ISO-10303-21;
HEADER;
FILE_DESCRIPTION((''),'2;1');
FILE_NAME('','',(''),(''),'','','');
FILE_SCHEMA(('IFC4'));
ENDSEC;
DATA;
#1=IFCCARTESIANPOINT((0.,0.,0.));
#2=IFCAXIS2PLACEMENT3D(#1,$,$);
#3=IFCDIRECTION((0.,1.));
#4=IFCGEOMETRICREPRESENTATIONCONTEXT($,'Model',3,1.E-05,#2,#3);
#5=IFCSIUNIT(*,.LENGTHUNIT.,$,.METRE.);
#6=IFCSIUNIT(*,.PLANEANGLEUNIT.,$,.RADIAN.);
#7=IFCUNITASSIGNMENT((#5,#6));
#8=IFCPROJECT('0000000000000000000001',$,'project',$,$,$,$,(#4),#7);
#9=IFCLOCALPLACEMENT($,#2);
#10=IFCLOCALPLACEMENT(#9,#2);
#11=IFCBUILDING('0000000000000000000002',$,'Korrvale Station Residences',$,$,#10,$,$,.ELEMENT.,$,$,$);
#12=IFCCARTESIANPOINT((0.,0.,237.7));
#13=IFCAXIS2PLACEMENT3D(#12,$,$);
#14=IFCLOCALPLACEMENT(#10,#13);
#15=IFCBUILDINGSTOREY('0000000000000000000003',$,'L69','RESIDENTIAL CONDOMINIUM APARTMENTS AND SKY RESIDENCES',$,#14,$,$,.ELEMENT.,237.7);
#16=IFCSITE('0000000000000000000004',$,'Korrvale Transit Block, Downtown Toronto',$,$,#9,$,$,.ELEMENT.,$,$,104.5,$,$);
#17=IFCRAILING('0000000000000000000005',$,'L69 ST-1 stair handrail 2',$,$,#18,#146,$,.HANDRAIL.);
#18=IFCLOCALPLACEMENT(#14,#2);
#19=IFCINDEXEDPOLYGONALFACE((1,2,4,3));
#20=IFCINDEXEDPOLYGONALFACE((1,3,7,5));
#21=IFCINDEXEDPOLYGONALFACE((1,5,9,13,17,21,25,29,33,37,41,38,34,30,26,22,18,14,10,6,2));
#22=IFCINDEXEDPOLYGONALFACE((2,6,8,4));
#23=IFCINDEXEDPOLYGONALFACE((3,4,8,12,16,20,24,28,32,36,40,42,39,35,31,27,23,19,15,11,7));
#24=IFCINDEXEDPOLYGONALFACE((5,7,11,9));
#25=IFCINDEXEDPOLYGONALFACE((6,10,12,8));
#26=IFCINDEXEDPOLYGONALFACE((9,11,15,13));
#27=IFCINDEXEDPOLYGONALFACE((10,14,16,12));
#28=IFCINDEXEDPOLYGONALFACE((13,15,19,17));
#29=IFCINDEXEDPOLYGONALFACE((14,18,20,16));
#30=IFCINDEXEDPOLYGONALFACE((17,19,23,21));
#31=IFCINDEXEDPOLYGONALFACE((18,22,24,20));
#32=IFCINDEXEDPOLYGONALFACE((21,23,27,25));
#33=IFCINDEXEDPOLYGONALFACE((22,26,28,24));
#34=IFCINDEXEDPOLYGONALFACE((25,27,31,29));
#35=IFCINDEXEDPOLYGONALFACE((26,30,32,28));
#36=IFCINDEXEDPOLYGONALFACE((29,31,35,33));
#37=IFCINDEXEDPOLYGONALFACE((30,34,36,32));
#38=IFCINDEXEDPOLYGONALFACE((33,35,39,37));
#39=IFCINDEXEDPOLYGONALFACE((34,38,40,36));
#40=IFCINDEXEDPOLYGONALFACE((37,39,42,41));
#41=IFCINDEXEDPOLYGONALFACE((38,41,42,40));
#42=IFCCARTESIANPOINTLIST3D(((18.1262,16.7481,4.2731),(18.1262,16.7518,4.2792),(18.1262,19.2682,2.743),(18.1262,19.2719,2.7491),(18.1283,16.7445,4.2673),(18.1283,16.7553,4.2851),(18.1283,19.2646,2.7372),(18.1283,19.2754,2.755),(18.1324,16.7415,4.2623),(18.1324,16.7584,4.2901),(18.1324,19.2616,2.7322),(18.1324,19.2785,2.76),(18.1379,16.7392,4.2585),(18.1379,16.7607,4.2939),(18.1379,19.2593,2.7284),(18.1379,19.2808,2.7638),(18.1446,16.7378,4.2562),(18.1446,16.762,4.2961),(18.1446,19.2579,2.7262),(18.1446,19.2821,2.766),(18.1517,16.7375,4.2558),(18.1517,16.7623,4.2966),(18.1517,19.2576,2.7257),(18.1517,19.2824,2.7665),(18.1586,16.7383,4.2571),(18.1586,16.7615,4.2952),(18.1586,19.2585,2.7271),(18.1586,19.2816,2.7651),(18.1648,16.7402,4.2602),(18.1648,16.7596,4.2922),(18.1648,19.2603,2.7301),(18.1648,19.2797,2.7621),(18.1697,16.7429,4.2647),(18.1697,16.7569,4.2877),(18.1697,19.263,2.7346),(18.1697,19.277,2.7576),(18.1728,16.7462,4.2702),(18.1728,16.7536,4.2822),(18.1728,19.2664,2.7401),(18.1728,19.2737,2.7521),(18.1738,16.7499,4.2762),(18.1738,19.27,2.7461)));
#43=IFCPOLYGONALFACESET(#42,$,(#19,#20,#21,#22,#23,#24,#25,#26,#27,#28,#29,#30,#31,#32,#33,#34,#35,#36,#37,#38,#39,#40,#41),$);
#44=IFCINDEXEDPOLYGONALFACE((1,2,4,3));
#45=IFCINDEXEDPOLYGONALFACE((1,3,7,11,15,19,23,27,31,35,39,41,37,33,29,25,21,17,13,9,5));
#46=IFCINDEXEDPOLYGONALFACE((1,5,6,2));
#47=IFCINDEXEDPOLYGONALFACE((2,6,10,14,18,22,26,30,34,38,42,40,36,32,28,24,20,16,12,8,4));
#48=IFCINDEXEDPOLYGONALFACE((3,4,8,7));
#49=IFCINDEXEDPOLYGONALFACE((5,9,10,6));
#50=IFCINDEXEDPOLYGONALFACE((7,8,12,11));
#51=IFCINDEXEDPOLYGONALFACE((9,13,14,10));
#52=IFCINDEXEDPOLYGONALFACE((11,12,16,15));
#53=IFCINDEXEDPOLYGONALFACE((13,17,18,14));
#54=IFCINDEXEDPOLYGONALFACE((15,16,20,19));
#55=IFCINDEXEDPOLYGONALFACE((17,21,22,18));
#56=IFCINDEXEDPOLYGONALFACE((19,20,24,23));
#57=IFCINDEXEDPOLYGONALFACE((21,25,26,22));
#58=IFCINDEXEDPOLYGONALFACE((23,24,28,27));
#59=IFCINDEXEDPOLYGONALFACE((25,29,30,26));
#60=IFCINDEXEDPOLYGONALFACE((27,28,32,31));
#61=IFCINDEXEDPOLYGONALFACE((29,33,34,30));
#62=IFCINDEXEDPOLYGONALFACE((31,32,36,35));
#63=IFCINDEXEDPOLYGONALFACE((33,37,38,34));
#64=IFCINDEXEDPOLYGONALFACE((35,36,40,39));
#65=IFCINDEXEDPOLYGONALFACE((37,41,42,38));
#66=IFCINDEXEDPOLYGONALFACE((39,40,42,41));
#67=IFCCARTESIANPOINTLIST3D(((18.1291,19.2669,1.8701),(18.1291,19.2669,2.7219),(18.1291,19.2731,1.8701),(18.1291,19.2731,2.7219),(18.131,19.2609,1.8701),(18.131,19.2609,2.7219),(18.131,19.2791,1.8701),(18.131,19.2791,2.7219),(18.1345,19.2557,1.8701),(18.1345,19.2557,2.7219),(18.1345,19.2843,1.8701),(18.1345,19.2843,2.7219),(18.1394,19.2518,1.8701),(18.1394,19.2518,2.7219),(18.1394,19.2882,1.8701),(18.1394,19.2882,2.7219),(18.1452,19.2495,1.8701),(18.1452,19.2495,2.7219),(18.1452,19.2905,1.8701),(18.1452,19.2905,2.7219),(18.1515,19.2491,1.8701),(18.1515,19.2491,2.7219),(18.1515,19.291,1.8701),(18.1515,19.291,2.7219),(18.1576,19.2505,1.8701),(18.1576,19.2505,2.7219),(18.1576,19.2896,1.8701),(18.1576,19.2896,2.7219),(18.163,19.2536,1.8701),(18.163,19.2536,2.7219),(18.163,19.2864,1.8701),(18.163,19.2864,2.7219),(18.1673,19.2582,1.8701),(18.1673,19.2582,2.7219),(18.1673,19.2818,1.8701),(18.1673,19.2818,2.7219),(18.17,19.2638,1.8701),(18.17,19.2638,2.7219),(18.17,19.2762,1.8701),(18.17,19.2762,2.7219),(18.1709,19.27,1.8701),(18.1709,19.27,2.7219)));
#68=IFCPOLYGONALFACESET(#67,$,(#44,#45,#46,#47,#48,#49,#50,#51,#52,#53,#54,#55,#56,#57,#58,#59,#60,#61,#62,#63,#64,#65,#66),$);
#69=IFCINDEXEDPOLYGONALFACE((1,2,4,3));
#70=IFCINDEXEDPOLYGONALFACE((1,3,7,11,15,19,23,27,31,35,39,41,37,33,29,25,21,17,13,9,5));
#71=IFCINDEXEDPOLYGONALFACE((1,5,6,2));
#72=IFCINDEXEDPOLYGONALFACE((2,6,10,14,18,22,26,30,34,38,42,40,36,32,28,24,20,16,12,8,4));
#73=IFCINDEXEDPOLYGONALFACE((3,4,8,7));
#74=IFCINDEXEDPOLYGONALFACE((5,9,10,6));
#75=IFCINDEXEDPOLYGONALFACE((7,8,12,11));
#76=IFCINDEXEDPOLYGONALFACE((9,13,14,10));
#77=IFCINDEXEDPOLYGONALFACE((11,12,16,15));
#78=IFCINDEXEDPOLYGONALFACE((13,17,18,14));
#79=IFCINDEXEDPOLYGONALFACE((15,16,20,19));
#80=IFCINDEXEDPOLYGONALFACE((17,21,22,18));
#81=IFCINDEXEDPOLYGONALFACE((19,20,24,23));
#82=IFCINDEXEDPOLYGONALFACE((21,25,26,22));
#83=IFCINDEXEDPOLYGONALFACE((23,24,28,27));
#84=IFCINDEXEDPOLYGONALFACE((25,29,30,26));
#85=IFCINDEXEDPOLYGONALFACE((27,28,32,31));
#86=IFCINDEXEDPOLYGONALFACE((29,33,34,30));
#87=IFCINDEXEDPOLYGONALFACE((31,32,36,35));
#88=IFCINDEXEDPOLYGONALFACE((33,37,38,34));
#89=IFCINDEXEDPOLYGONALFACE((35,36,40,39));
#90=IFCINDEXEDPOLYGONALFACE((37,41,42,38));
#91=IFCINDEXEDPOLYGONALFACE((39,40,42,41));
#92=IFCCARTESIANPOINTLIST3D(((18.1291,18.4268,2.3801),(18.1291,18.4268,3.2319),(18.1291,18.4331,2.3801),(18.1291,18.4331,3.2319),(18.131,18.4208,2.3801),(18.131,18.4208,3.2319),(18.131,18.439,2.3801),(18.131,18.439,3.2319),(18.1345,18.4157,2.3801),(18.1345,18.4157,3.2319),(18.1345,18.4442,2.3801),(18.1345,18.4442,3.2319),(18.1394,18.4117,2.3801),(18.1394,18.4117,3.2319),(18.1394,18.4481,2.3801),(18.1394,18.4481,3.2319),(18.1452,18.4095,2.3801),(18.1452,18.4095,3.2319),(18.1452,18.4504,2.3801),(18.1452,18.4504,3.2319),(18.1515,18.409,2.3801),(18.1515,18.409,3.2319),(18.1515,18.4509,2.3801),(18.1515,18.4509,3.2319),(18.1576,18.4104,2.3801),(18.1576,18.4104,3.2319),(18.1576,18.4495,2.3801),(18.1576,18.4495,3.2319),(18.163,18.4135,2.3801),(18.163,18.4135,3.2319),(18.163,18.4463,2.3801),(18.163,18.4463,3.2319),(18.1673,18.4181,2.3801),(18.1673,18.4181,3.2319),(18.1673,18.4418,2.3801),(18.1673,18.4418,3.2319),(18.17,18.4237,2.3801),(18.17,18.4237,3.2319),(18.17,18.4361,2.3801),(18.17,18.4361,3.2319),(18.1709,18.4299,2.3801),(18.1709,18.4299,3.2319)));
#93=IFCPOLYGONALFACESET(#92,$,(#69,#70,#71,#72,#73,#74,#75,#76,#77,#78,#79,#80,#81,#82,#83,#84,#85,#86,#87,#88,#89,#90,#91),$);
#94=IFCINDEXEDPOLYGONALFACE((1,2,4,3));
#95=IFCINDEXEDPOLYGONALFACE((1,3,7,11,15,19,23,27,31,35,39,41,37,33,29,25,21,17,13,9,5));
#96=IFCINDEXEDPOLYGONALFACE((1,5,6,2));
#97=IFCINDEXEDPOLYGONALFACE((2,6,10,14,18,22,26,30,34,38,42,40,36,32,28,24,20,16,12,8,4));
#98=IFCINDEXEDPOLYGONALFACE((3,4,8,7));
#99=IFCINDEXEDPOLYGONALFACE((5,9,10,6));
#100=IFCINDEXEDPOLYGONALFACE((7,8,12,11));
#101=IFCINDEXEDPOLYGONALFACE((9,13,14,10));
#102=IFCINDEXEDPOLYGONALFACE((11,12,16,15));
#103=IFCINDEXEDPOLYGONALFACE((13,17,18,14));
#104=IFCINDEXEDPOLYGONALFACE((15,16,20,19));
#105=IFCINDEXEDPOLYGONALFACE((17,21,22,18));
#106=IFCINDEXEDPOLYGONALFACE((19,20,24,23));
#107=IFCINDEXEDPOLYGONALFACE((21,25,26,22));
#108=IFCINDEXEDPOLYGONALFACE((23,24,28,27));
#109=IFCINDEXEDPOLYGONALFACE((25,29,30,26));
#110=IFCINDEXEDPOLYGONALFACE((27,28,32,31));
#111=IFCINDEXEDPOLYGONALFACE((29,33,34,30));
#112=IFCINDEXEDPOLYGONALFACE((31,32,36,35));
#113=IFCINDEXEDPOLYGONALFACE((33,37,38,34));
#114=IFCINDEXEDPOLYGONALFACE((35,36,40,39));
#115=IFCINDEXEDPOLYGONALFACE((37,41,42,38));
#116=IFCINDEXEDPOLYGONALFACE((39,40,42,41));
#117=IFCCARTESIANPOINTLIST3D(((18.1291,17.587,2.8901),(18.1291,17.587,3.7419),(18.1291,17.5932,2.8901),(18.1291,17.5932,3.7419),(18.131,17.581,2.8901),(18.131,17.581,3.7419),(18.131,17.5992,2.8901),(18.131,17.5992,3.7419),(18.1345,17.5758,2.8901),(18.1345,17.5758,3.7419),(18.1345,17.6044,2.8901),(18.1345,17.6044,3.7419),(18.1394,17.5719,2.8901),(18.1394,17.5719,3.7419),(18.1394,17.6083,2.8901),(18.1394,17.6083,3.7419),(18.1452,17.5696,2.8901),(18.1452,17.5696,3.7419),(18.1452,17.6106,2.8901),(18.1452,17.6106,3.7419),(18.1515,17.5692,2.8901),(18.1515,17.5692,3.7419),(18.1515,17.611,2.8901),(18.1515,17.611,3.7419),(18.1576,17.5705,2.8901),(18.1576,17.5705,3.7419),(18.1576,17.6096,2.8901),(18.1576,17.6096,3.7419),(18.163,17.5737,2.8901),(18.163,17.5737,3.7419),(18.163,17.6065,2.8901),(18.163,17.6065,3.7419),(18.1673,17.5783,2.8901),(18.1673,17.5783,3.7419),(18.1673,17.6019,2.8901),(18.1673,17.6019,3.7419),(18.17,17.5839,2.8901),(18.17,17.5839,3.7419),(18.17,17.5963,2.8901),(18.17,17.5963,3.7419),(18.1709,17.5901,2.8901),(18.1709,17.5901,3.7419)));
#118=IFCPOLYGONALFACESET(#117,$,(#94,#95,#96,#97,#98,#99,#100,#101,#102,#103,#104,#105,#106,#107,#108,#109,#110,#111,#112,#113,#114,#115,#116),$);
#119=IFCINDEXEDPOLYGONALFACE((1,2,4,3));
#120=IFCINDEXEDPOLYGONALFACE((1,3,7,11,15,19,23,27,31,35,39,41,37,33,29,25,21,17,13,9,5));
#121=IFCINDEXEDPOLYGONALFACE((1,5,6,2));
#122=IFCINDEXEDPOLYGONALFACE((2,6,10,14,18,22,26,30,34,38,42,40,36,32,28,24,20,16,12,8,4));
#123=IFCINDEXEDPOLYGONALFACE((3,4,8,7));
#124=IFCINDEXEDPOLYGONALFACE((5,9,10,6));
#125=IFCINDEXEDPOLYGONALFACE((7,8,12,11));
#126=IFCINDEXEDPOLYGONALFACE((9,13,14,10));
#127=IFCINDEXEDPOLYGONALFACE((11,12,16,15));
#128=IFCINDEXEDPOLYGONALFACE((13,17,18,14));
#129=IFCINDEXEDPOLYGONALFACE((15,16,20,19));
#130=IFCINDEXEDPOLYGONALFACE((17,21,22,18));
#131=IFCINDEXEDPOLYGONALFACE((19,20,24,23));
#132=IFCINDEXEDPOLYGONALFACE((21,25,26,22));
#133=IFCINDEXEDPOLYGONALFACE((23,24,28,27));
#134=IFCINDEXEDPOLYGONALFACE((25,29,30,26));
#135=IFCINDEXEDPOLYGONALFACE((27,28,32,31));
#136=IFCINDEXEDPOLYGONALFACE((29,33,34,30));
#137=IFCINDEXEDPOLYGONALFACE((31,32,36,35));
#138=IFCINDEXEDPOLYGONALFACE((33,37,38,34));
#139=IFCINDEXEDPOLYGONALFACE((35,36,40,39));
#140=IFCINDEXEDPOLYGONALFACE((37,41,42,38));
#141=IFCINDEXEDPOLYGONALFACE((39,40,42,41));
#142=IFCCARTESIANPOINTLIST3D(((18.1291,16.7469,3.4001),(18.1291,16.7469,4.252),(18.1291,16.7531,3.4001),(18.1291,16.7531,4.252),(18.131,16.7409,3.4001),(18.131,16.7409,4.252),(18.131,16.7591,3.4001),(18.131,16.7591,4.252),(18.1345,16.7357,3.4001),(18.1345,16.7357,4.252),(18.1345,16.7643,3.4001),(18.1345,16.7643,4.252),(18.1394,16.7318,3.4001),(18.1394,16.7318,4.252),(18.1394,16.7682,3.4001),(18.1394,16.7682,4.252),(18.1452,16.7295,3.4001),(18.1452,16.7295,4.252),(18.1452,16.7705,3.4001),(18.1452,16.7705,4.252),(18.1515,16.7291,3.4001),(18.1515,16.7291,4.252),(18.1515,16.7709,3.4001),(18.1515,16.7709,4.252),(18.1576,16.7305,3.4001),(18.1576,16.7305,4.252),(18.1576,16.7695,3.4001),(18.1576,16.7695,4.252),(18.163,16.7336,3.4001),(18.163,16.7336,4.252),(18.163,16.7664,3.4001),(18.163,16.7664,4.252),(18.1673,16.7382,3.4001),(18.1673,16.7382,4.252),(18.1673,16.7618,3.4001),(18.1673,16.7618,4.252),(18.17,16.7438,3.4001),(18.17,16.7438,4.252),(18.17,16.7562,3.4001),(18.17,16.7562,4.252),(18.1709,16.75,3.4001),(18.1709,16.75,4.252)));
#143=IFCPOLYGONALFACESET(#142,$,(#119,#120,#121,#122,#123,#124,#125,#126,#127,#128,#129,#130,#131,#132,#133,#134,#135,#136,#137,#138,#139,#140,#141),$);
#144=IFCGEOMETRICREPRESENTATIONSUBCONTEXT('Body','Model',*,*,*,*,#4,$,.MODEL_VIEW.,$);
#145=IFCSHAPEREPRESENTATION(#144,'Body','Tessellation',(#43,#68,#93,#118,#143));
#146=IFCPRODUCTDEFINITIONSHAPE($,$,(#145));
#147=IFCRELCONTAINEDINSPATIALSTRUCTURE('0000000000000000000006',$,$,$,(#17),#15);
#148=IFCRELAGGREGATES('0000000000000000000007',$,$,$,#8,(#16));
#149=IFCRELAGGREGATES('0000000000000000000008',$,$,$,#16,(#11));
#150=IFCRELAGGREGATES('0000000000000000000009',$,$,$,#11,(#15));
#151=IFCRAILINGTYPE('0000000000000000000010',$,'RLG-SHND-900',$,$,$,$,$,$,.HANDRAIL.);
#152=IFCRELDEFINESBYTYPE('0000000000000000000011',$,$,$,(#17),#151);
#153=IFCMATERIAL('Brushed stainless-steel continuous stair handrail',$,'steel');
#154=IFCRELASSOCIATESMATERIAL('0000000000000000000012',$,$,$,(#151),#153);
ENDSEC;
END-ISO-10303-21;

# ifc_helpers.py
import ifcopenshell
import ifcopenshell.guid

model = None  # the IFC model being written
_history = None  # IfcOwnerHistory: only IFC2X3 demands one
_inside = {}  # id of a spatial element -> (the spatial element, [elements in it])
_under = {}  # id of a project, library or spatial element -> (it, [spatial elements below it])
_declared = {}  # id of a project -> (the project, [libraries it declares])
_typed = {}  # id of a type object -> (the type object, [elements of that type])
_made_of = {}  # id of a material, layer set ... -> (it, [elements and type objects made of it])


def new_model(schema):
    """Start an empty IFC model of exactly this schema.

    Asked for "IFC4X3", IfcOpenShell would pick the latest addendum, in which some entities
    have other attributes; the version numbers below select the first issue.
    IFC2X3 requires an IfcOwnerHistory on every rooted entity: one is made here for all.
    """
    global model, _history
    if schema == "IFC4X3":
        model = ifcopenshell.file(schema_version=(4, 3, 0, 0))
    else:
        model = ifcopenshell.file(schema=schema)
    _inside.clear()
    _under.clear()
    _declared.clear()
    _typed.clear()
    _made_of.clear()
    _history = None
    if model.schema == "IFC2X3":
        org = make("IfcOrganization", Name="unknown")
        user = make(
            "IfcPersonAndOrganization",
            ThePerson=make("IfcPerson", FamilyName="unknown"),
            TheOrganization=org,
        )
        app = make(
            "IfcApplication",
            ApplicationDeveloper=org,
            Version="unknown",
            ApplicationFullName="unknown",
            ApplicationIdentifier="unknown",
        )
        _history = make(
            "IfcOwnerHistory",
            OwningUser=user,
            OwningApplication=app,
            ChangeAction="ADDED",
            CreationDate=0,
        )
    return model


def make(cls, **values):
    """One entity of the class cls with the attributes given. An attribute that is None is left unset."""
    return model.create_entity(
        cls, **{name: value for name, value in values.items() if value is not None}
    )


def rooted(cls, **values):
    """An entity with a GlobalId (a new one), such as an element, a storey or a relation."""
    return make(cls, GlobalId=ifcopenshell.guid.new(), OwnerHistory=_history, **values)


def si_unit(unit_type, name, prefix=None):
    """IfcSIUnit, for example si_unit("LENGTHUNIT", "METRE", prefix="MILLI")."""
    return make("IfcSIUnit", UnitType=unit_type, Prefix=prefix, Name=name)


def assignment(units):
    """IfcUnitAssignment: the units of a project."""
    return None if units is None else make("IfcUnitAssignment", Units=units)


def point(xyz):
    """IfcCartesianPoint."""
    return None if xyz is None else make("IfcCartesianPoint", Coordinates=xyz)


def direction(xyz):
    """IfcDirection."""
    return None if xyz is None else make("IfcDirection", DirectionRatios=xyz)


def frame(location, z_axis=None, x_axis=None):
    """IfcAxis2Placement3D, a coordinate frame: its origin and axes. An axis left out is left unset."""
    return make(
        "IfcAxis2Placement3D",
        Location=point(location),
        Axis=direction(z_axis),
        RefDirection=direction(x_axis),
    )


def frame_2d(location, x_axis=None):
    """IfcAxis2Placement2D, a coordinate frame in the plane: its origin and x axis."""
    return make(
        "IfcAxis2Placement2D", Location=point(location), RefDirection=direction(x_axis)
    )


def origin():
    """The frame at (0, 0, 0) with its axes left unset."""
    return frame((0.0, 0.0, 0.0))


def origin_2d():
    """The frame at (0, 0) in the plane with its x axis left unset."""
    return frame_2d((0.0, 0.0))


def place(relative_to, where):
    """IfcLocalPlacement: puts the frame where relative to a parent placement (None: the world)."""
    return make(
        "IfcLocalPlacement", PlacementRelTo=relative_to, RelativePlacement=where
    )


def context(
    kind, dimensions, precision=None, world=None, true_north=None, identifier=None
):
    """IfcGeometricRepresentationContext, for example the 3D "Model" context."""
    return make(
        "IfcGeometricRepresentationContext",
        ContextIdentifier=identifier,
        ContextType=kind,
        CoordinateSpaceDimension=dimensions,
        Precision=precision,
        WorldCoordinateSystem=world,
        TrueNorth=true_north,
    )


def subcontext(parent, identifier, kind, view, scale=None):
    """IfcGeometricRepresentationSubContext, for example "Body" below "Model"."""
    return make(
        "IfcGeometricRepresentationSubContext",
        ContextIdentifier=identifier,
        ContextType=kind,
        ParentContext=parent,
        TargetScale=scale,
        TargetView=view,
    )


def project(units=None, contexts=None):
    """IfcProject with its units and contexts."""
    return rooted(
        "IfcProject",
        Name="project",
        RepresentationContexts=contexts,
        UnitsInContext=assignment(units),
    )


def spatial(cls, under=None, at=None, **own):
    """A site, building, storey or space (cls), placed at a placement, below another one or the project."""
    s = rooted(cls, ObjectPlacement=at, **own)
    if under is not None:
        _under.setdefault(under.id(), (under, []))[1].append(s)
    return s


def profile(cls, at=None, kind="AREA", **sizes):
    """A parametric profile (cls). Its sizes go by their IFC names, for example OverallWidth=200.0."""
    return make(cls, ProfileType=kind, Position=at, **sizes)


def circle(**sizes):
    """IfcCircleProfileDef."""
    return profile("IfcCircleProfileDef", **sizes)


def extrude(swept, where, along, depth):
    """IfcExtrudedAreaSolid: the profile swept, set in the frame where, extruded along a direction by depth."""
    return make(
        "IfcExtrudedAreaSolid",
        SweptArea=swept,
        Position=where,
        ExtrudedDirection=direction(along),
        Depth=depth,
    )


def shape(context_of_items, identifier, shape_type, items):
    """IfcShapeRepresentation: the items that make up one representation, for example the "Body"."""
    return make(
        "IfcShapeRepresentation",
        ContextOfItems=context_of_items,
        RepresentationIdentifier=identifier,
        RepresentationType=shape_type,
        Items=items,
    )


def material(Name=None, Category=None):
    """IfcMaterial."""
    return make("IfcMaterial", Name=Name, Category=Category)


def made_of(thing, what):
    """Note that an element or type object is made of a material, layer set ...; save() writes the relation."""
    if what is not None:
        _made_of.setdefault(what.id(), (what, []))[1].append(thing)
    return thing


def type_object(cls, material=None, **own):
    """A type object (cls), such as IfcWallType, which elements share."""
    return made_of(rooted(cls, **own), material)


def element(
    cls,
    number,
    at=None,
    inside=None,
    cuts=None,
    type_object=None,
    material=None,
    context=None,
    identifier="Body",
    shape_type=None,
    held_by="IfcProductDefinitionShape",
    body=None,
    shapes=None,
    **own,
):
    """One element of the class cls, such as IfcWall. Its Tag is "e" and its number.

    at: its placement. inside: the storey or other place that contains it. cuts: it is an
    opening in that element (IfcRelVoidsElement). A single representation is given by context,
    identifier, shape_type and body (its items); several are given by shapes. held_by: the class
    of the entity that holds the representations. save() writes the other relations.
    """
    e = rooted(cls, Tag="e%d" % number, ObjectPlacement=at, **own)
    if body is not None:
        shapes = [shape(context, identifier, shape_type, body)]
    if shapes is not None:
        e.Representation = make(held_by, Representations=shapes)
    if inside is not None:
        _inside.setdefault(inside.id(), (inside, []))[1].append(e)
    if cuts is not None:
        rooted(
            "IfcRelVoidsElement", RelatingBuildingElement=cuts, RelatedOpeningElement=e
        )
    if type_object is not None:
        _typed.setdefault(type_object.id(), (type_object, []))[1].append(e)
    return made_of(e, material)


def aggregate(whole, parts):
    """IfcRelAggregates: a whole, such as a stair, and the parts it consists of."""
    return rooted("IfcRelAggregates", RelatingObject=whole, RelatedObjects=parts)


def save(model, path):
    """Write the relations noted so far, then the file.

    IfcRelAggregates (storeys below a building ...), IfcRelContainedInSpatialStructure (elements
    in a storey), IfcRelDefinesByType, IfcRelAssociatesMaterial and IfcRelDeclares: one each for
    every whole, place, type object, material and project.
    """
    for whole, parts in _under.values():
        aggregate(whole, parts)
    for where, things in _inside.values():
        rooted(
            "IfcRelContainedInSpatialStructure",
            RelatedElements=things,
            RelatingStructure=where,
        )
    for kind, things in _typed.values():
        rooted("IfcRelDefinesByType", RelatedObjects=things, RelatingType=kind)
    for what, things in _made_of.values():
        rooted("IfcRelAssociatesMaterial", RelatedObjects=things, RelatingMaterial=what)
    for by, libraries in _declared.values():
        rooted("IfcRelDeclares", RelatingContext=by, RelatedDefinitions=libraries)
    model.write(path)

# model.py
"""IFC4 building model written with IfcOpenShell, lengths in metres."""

from ifc_helpers import new_model, si_unit, direction, frame, origin, origin_2d, place, context, subcontext, project, spatial, circle, extrude, material, type_object, element, save


model = new_model("IFC4")

# Units and contexts
model_context = context("Model", 3, precision=1e-05, world=origin(), true_north=direction((0.0, 1.0)))
body_context = subcontext(model_context, "Body", "Model", "MODEL_VIEW")
ifc_project = project(units=[si_unit("LENGTHUNIT", "METRE"), si_unit("PLANEANGLEUNIT", "RADIAN")], contexts=[model_context])

# Site, building, storey
site_placement = place(None, origin())
site = spatial("IfcSite", under=ifc_project, at=site_placement, Name="Korrvale Transit Block, Downtown Toronto", CompositionType="ELEMENT", RefElevation=104.5)
building_placement = place(site_placement, origin())
building = spatial("IfcBuilding", under=site, at=building_placement, Name="Korrvale Station Residences", CompositionType="ELEMENT")
storey_placement = place(building_placement, frame((0.0, 0.0, 237.7)))
storey = spatial("IfcBuildingStorey", under=building, at=storey_placement, Name="L69", Description="RESIDENTIAL CONDOMINIUM APARTMENTS AND SKY RESIDENCES", CompositionType="ELEMENT", Elevation=237.7)

# Railing
ifc_material_1 = material(Name="Brushed stainless-steel continuous stair handrail", Category="steel")
railing_type_1 = type_object("IfcRailingType", Name="RLG-SHND-900", PredefinedType="HANDRAIL", material=ifc_material_1)
railing_1_placement = place(storey_placement, frame((18.1499, 19.27, 1.8701)))
element("IfcRailing", 1, at=railing_1_placement, inside=storey, type_object=railing_type_1, Name="L69 ST-1 stair handrail 2", PredefinedType="HANDRAIL", context=body_context, shape_type="SweptSolid", body=[
    extrude(circle(Radius=0.0239, at=origin_2d()), frame((0.0, 0.0, 0.876), z_axis=(0.0, -0.854785, 0.518982), x_axis=(1.0, 0.0, 0.0)), (0.0, 0.0, 1.0), 2.9482),
    extrude(circle(Radius=0.021, at=origin_2d()), origin(), (0.0, 0.0, 1.0), 0.8518),
    extrude(circle(Radius=0.021, at=origin_2d()), frame((0.0, -0.8401, 0.51)), (0.0, 0.0, 1.0), 0.8518),
    extrude(circle(Radius=0.021, at=origin_2d()), frame((0.0, -1.6799, 1.02)), (0.0, 0.0, 1.0), 0.8518),
    extrude(circle(Radius=0.021, at=origin_2d()), frame((0.0, -2.52, 1.53)), (0.0, 0.0, 1.0), 0.8518),
])

save(model, "model.ifc")
